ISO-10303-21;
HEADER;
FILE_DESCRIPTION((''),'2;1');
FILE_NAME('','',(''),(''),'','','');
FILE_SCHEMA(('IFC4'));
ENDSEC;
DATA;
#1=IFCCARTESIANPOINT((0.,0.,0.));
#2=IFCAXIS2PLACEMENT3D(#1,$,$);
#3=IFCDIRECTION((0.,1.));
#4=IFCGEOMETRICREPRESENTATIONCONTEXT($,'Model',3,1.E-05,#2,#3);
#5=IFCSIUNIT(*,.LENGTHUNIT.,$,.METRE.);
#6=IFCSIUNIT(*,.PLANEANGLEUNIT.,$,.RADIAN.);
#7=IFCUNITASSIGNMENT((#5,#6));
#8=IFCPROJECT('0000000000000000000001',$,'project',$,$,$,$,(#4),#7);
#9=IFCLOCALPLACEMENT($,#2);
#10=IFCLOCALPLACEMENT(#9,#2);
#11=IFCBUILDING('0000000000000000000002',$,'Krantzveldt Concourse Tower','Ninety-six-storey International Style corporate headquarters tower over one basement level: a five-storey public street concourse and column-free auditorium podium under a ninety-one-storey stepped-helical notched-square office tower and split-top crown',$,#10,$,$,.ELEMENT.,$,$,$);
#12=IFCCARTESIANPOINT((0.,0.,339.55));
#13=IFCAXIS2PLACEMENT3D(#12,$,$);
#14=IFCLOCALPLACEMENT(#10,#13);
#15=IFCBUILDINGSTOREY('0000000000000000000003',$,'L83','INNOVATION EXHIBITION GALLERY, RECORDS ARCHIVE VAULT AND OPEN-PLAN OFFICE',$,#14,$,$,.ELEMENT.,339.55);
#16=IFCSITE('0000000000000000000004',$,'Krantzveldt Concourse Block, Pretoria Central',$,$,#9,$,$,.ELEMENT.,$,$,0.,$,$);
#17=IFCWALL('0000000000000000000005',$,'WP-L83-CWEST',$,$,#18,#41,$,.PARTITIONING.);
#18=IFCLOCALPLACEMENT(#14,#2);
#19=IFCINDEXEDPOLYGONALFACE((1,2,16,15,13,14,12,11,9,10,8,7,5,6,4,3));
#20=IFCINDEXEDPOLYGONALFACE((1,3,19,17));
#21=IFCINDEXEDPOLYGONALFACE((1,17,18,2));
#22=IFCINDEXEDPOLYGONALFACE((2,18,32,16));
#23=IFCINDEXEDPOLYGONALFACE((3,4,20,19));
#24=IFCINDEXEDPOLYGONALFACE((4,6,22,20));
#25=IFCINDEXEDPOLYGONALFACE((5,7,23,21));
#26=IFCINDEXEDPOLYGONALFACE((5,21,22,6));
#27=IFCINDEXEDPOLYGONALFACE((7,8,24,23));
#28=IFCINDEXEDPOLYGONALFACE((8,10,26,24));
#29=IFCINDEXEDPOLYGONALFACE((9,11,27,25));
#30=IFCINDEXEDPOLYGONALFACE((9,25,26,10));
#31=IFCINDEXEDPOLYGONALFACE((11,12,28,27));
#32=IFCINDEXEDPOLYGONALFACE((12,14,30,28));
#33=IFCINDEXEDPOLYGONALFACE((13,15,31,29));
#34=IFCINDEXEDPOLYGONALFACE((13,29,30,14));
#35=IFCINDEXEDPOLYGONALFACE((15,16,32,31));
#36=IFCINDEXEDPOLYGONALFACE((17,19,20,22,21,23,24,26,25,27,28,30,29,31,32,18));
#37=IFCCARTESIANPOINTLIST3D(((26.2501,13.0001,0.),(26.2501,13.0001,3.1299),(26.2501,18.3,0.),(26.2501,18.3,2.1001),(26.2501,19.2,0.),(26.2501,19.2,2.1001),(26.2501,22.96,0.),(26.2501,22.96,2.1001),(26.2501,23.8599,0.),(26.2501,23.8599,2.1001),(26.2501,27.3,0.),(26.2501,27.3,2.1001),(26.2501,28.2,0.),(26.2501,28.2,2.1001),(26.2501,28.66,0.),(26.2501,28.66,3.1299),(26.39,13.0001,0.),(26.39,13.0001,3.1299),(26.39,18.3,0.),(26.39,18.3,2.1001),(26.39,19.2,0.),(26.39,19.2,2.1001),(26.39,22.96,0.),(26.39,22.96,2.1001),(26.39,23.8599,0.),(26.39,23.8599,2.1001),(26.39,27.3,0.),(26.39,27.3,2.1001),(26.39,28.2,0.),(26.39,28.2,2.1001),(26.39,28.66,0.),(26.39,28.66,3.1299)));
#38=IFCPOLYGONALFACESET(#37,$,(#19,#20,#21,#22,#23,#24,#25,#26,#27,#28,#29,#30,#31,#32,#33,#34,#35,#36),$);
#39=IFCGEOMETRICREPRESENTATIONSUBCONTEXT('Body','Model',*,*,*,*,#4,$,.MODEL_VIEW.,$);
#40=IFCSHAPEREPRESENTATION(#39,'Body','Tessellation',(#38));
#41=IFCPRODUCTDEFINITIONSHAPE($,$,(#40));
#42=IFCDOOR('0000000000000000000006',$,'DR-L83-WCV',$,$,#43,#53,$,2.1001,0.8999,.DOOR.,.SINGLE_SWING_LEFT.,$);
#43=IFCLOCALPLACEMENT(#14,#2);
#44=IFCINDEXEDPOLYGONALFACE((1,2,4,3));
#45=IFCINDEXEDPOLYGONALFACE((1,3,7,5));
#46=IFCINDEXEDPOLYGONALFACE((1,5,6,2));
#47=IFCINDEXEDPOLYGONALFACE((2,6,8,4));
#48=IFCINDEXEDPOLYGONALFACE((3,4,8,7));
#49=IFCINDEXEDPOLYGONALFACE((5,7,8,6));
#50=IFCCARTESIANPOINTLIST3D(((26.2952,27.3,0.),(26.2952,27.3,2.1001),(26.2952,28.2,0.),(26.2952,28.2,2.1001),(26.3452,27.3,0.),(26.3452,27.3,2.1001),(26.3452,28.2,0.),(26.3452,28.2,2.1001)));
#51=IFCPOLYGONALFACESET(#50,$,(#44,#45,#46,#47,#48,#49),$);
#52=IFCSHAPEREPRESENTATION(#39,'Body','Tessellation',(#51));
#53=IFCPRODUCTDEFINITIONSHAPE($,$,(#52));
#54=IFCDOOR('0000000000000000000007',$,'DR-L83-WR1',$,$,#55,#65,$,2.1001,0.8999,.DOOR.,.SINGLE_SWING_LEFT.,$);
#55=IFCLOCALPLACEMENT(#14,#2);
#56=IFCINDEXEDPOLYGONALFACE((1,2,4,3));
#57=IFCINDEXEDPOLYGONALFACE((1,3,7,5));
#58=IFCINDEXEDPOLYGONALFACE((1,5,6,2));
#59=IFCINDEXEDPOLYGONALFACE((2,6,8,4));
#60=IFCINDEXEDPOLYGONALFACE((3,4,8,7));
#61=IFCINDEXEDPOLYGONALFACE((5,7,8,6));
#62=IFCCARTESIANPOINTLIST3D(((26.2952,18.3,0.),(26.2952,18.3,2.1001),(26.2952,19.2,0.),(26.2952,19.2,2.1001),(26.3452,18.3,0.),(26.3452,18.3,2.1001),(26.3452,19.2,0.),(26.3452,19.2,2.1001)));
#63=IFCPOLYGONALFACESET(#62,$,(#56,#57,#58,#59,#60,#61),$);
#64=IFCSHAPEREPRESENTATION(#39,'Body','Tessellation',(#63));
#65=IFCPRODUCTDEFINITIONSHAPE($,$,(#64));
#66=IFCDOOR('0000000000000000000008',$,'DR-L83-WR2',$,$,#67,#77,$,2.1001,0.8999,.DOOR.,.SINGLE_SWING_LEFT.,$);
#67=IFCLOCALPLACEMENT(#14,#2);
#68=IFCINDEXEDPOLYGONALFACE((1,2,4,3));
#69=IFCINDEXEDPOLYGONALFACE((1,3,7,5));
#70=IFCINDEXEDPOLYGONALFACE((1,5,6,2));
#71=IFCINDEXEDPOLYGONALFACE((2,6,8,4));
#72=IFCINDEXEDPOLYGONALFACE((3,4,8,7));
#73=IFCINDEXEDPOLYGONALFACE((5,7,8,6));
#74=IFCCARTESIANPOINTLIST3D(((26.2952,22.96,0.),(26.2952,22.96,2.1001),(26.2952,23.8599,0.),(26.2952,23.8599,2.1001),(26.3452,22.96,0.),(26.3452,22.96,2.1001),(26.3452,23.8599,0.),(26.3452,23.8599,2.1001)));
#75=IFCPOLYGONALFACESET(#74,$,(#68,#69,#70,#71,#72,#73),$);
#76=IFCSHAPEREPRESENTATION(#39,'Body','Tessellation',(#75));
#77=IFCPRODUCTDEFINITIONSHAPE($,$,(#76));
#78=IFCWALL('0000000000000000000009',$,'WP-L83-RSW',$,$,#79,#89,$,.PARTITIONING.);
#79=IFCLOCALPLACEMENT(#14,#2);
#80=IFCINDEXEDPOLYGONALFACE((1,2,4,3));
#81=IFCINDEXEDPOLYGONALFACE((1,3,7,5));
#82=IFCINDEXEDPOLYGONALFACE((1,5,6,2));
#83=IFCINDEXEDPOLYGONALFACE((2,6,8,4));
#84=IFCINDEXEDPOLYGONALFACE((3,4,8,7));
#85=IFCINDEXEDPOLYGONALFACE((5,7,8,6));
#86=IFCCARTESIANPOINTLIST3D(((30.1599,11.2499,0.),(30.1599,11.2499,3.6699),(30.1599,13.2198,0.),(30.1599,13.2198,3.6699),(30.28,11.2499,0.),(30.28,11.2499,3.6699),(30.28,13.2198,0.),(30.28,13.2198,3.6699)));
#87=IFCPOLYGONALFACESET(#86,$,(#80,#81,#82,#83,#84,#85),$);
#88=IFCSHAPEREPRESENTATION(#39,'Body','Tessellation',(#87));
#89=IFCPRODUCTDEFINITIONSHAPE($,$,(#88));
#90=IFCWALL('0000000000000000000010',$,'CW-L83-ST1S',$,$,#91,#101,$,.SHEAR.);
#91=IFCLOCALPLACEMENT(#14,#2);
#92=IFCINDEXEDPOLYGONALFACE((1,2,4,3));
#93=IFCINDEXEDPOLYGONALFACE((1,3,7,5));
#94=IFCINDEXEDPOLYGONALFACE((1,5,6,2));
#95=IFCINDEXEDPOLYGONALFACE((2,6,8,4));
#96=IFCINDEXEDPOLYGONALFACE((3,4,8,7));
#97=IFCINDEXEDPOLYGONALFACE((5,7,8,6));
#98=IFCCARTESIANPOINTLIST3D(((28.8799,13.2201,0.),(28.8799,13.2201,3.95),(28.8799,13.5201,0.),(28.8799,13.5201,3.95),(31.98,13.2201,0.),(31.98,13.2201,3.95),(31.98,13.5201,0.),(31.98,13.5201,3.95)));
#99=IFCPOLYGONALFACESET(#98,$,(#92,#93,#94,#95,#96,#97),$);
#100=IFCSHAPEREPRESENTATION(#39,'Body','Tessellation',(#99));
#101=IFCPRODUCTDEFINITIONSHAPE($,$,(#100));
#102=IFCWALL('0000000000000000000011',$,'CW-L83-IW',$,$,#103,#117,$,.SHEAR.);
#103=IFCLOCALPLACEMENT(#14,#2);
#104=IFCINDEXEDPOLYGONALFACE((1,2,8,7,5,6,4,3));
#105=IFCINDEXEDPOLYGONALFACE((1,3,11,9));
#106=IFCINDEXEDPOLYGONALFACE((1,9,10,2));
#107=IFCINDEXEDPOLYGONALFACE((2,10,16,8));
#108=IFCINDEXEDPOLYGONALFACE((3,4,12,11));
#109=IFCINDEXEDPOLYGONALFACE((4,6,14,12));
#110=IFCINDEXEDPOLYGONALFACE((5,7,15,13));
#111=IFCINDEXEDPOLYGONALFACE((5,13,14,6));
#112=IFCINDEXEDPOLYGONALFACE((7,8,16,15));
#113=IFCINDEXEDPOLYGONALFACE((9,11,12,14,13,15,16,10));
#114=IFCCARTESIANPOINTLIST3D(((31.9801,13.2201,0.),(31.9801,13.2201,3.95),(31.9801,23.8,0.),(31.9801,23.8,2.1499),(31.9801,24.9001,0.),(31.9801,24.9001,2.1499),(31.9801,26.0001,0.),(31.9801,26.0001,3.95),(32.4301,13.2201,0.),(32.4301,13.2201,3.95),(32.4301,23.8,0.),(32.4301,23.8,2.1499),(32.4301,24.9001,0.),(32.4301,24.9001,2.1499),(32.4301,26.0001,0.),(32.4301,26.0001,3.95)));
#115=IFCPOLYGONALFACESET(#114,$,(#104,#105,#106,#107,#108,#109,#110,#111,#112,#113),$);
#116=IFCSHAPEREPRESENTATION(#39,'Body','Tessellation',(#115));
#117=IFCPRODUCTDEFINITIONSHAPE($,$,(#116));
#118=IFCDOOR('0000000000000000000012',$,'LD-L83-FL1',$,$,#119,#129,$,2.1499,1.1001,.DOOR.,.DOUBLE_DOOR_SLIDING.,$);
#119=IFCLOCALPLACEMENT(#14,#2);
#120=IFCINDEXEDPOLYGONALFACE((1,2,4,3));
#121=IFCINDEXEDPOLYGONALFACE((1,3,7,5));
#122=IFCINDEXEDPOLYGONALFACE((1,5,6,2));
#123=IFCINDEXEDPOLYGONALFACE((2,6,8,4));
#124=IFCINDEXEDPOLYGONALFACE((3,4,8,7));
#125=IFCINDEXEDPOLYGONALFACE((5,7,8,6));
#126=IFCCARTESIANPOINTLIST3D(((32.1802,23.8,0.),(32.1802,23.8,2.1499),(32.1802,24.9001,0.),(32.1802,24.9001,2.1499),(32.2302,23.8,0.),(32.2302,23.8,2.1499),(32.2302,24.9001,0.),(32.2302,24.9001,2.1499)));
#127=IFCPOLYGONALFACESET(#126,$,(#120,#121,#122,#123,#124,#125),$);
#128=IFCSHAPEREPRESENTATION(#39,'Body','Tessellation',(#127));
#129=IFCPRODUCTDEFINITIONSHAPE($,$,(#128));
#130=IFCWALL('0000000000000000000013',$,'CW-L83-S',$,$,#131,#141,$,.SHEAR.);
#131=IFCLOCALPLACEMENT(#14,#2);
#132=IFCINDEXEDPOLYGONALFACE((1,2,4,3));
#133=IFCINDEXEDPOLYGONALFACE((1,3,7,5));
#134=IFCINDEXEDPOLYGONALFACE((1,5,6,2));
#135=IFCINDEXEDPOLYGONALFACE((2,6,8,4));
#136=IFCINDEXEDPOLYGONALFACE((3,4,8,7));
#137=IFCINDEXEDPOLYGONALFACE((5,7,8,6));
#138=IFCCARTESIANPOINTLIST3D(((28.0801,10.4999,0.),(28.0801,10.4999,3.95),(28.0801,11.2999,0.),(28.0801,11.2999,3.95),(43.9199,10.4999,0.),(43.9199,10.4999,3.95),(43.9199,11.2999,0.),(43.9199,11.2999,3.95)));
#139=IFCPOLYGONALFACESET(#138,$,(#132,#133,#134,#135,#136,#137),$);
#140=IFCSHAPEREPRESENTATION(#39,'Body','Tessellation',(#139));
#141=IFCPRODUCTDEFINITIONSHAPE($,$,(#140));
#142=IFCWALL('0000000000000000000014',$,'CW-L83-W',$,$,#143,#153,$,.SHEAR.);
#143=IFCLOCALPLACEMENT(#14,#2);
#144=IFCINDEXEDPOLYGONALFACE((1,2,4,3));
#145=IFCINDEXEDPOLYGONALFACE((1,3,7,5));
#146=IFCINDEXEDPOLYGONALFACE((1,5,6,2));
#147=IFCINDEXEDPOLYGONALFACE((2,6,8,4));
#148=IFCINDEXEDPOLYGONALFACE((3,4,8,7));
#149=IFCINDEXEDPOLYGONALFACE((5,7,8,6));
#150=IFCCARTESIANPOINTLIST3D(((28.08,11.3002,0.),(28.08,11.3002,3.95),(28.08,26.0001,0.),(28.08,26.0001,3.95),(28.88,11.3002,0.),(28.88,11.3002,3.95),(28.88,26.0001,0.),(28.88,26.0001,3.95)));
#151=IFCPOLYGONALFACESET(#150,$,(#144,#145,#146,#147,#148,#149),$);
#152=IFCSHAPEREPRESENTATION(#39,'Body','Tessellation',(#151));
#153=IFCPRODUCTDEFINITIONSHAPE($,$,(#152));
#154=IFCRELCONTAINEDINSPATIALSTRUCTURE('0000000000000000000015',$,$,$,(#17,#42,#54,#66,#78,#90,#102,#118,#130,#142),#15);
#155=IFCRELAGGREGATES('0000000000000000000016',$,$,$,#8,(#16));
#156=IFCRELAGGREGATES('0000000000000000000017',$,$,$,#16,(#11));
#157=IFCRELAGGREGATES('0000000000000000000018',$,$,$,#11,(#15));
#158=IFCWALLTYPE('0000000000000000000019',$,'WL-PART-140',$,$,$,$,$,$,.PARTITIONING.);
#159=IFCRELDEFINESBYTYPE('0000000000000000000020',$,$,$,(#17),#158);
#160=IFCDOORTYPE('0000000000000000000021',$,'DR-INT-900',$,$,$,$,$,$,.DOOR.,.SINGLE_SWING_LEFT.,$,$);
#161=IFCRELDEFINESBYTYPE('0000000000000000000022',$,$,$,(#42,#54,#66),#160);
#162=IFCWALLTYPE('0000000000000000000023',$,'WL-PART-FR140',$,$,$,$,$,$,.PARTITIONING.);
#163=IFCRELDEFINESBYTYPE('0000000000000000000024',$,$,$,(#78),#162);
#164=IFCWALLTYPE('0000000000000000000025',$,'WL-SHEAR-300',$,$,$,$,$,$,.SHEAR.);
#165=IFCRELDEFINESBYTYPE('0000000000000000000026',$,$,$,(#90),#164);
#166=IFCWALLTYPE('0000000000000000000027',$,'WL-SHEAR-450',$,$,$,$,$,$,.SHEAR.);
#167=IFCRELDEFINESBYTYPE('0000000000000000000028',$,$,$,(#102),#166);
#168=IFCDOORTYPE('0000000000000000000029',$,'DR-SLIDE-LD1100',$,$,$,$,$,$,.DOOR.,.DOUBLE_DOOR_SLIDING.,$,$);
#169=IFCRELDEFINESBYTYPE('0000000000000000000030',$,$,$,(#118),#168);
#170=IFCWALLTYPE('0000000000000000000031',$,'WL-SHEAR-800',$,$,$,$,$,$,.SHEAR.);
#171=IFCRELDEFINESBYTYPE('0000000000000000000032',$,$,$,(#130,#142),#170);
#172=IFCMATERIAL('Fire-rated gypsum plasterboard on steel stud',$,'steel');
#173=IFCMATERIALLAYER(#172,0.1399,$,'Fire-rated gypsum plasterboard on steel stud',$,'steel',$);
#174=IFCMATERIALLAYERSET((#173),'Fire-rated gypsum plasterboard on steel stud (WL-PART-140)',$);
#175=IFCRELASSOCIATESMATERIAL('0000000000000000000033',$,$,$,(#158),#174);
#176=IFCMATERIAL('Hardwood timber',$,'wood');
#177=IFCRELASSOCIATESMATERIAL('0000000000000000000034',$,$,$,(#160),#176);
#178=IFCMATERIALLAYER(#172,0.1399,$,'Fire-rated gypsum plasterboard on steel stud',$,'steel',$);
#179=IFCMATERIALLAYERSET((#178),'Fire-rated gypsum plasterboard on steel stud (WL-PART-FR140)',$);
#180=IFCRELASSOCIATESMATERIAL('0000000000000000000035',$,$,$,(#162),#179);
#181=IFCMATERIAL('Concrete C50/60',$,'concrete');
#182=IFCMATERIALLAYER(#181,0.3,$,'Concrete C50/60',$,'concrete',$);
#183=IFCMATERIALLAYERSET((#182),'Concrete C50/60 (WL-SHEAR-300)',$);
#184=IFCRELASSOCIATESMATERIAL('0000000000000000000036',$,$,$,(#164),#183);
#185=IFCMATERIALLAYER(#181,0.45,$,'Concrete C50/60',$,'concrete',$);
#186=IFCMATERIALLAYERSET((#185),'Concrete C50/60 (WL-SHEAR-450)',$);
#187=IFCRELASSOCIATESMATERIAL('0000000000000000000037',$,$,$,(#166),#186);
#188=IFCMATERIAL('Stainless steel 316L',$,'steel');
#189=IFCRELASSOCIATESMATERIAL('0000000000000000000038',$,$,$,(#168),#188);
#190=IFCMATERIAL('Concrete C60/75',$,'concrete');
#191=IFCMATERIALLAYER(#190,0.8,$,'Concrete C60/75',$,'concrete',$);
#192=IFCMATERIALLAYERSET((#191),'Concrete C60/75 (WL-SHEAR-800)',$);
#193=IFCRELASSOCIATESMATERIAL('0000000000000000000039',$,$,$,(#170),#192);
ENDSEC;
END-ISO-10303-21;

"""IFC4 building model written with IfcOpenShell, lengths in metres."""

from ifc_helpers import new_model, si_unit, direction, frame, frame_2d, origin, place, context, subcontext, project, spatial, rectangle, extrude, material, layer, layer_set, type_object, element, fill, save


model = new_model("IFC4")

# Units and contexts
model_context = context("Model", 3, precision=1e-05, world=origin(), true_north=direction((0.0, 1.0)))
body_context = subcontext(model_context, "Body", "Model", "MODEL_VIEW")
ifc_project = project(units=[si_unit("LENGTHUNIT", "METRE"), si_unit("PLANEANGLEUNIT", "RADIAN")], contexts=[model_context])

# Site, building, storey
site_placement = place(None, origin())
site = spatial("IfcSite", under=ifc_project, at=site_placement, Name="Krantzveldt Concourse Block, Pretoria Central", CompositionType="ELEMENT", RefElevation=0.0)
building_placement = place(site_placement, origin())
building = spatial("IfcBuilding", under=site, at=building_placement, Name="Krantzveldt Concourse Tower", Description="Ninety-six-storey International Style corporate headquarters tower over one basement level: a five-storey public street concourse and column-free auditorium podium under a ninety-one-storey stepped-helical notched-square office tower and split-top crown", CompositionType="ELEMENT")
storey_placement = place(building_placement, frame((0.0, 0.0, 339.55)))
storey = spatial("IfcBuildingStorey", under=building, at=storey_placement, Name="L83", Description="INNOVATION EXHIBITION GALLERY, RECORDS ARCHIVE VAULT AND OPEN-PLAN OFFICE", CompositionType="ELEMENT", Elevation=339.55)

# Shared definitions
ifc_material_1 = material(Name="Fire-rated gypsum plasterboard on steel stud", Category="steel")
ifc_material_2 = material(Name="Hardwood timber", Category="wood")

# Wall, openings, doors
ifc_layer_1 = layer(ifc_material_1, 0.1399, Name="Fire-rated gypsum plasterboard on steel stud", Category="steel")
ifc_layer_set_1 = layer_set([ifc_layer_1], Name="Fire-rated gypsum plasterboard on steel stud (WL-PART-140)")
wall_type_1 = type_object("IfcWallType", Name="WL-PART-140", PredefinedType="PARTITIONING", material=ifc_layer_set_1)
wall_1_placement = place(storey_placement, frame((26.3201, 13.0, 0.0), z_axis=(0.0, 0.0, 1.0), x_axis=(0.0, 1.0, 0.0)))
wall_1 = element("IfcWall", 1, at=wall_1_placement, inside=storey, type_object=wall_type_1, Name="WP-L83-CWEST", PredefinedType="PARTITIONING", context=body_context, shape_type="SweptSolid", body=[
    extrude(rectangle(XDim=15.6599, YDim=0.1399, at=frame_2d((7.8301, 0.0))), origin(), (0.0, 0.0, 1.0), 3.1299),
])
opening_1_placement = place(wall_1_placement, frame((14.3, 0.0, 0.0)))
opening_1 = element("IfcOpeningElement", 2, at=opening_1_placement, cuts=wall_1, PredefinedType="OPENING", context=body_context, shape_type="SweptSolid", body=[
    extrude(rectangle(XDim=0.8999, YDim=2.1001, at=frame_2d((0.45, 1.05))), frame((0.0, 0.0801, 0.0), z_axis=(0.0, -1.0, 0.0), x_axis=(1.0, 0.0, 0.0)), (0.0, 0.0, 1.0), 0.1599),
])
opening_2_placement = place(wall_1_placement, frame((5.3, 0.0, 0.0)))
opening_2 = element("IfcOpeningElement", 3, at=opening_2_placement, cuts=wall_1, PredefinedType="OPENING", context=body_context, shape_type="SweptSolid", body=[
    extrude(rectangle(XDim=0.8999, YDim=2.1001, at=frame_2d((0.45, 1.05))), frame((0.0, 0.0801, 0.0), z_axis=(0.0, -1.0, 0.0), x_axis=(1.0, 0.0, 0.0)), (0.0, 0.0, 1.0), 0.1599),
])
opening_3_placement = place(wall_1_placement, frame((9.96, 0.0, 0.0)))
opening_3 = element("IfcOpeningElement", 4, at=opening_3_placement, cuts=wall_1, PredefinedType="OPENING", context=body_context, shape_type="SweptSolid", body=[
    extrude(rectangle(XDim=0.8999, YDim=2.1001, at=frame_2d((0.45, 1.05))), frame((0.0, 0.0801, 0.0), z_axis=(0.0, -1.0, 0.0), x_axis=(1.0, 0.0, 0.0)), (0.0, 0.0, 1.0), 0.1599),
])
door_type_1 = type_object("IfcDoorType", Name="DR-INT-900", OperationType="SINGLE_SWING_LEFT", PredefinedType="DOOR", material=ifc_material_2)
door_1_placement = place(opening_1_placement, origin())
door_1 = element("IfcDoor", 5, at=door_1_placement, inside=storey, type_object=door_type_1, Name="DR-L83-WCV", OperationType="SINGLE_SWING_LEFT", OverallHeight=2.1001, OverallWidth=0.8999, PredefinedType="DOOR", context=body_context, shape_type="SweptSolid", body=[
    extrude(rectangle(XDim=0.8999, YDim=2.1001, at=frame_2d((0.45, 1.05))), frame((0.0, 0.0249, 0.0), z_axis=(0.0, -1.0, 0.0), x_axis=(1.0, 0.0, 0.0)), (0.0, 0.0, 1.0), 0.05),
])
fill(opening_1, door_1)
door_2_placement = place(opening_2_placement, origin())
door_2 = element("IfcDoor", 6, at=door_2_placement, inside=storey, type_object=door_type_1, Name="DR-L83-WR1", OperationType="SINGLE_SWING_LEFT", OverallHeight=2.1001, OverallWidth=0.8999, PredefinedType="DOOR", context=body_context, shape_type="SweptSolid", body=[
    extrude(rectangle(XDim=0.8999, YDim=2.1001, at=frame_2d((0.45, 1.05))), frame((0.0, 0.0249, 0.0), z_axis=(0.0, -1.0, 0.0), x_axis=(1.0, 0.0, 0.0)), (0.0, 0.0, 1.0), 0.05),
])
fill(opening_2, door_2)
door_3_placement = place(opening_3_placement, origin())
door_3 = element("IfcDoor", 7, at=door_3_placement, inside=storey, type_object=door_type_1, Name="DR-L83-WR2", OperationType="SINGLE_SWING_LEFT", OverallHeight=2.1001, OverallWidth=0.8999, PredefinedType="DOOR", context=body_context, shape_type="SweptSolid", body=[
    extrude(rectangle(XDim=0.8999, YDim=2.1001, at=frame_2d((0.45, 1.05))), frame((0.0, 0.0249, 0.0), z_axis=(0.0, -1.0, 0.0), x_axis=(1.0, 0.0, 0.0)), (0.0, 0.0, 1.0), 0.05),
])
fill(opening_3, door_3)

# Walls
ifc_layer_2 = layer(ifc_material_1, 0.1399, Name="Fire-rated gypsum plasterboard on steel stud", Category="steel")
ifc_layer_set_2 = layer_set([ifc_layer_2], Name="Fire-rated gypsum plasterboard on steel stud (WL-PART-FR140)")
wall_type_2 = type_object("IfcWallType", Name="WL-PART-FR140", PredefinedType="PARTITIONING", material=ifc_layer_set_2)
wall_2_placement = place(storey_placement, frame((30.22, 11.25, 0.0), z_axis=(0.0, 0.0, 1.0), x_axis=(0.0, 1.0, 0.0)))
element("IfcWall", 8, at=wall_2_placement, inside=storey, type_object=wall_type_2, Name="WP-L83-RSW", PredefinedType="PARTITIONING", context=body_context, shape_type="SweptSolid", body=[
    extrude(rectangle(XDim=1.97, YDim=0.1201, at=frame_2d((0.9849, 0.0))), origin(), (0.0, 0.0, 1.0), 3.6699),
])
ifc_material_3 = material(Name="Concrete C50/60", Category="concrete")
ifc_layer_3 = layer(ifc_material_3, 0.3, Name="Concrete C50/60", Category="concrete")
ifc_layer_set_3 = layer_set([ifc_layer_3], Name="Concrete C50/60 (WL-SHEAR-300)")
wall_type_3 = type_object("IfcWallType", Name="WL-SHEAR-300", PredefinedType="SHEAR", material=ifc_layer_set_3)
wall_3_placement = place(storey_placement, frame((28.8799, 13.3701, 0.0), z_axis=(0.0, 0.0, 1.0), x_axis=(1.0, 0.0, 0.0)))
element("IfcWall", 9, at=wall_3_placement, inside=storey, type_object=wall_type_3, Name="CW-L83-ST1S", PredefinedType="SHEAR", context=body_context, shape_type="SweptSolid", body=[
    extrude(rectangle(XDim=3.1001, YDim=0.3, at=frame_2d((1.55, 0.0))), origin(), (0.0, 0.0, 1.0), 3.95),
])

# Wall, opening, door
ifc_layer_4 = layer(ifc_material_3, 0.45, Name="Concrete C50/60", Category="concrete")
ifc_layer_set_4 = layer_set([ifc_layer_4], Name="Concrete C50/60 (WL-SHEAR-450)")
wall_type_4 = type_object("IfcWallType", Name="WL-SHEAR-450", PredefinedType="SHEAR", material=ifc_layer_set_4)
wall_4_placement = place(storey_placement, frame((32.2051, 13.22, 0.0), z_axis=(0.0, 0.0, 1.0), x_axis=(0.0, 1.0, 0.0)))
wall_4 = element("IfcWall", 10, at=wall_4_placement, inside=storey, type_object=wall_type_4, Name="CW-L83-IW", PredefinedType="SHEAR", context=body_context, shape_type="SweptSolid", body=[
    extrude(rectangle(XDim=12.78, YDim=0.45, at=frame_2d((6.3901, 0.0))), origin(), (0.0, 0.0, 1.0), 3.95),
])
opening_4_placement = place(wall_4_placement, frame((10.5801, 0.0, 0.0)))
opening_4 = element("IfcOpeningElement", 11, at=opening_4_placement, cuts=wall_4, PredefinedType="OPENING", context=body_context, shape_type="SweptSolid", body=[
    extrude(rectangle(XDim=1.1001, YDim=2.1499, at=frame_2d((0.55, 1.075))), frame((0.0, 0.2349, 0.0), z_axis=(0.0, -1.0, 0.0), x_axis=(1.0, 0.0, 0.0)), (0.0, 0.0, 1.0), 0.47),
])
ifc_material_4 = material(Name="Stainless steel 316L", Category="steel")
door_type_2 = type_object("IfcDoorType", Name="DR-SLIDE-LD1100", OperationType="DOUBLE_DOOR_SLIDING", PredefinedType="DOOR", material=ifc_material_4)
door_4_placement = place(opening_4_placement, origin())
door_4 = element("IfcDoor", 12, at=door_4_placement, inside=storey, type_object=door_type_2, Name="LD-L83-FL1", OperationType="DOUBLE_DOOR_SLIDING", OverallHeight=2.1499, OverallWidth=1.1001, PredefinedType="DOOR", context=body_context, shape_type="SweptSolid", body=[
    extrude(rectangle(XDim=1.1001, YDim=2.1499, at=frame_2d((0.55, 1.075))), frame((0.0, 0.0249, 0.0), z_axis=(0.0, -1.0, 0.0), x_axis=(1.0, 0.0, 0.0)), (0.0, 0.0, 1.0), 0.05),
])
fill(opening_4, door_4)

# Walls
ifc_material_5 = material(Name="Concrete C60/75", Category="concrete")
ifc_layer_5 = layer(ifc_material_5, 0.8, Name="Concrete C60/75", Category="concrete")
ifc_layer_set_5 = layer_set([ifc_layer_5], Name="Concrete C60/75 (WL-SHEAR-800)")
wall_type_5 = type_object("IfcWallType", Name="WL-SHEAR-800", PredefinedType="SHEAR", material=ifc_layer_set_5)
wall_5_placement = place(storey_placement, frame((28.0801, 10.8999, 0.0), z_axis=(0.0, 0.0, 1.0), x_axis=(1.0, 0.0, 0.0)))
element("IfcWall", 13, at=wall_5_placement, inside=storey, type_object=wall_type_5, Name="CW-L83-S", PredefinedType="SHEAR", context=body_context, shape_type="SweptSolid", body=[
    extrude(rectangle(XDim=15.8398, YDim=0.8, at=frame_2d((7.9199, 0.0))), origin(), (0.0, 0.0, 1.0), 3.95),
])
wall_6_placement = place(storey_placement, frame((28.48, 11.3, 0.0), z_axis=(0.0, 0.0, 1.0), x_axis=(0.0, 1.0, 0.0)))
element("IfcWall", 14, at=wall_6_placement, inside=storey, type_object=wall_type_5, Name="CW-L83-W", PredefinedType="SHEAR", context=body_context, shape_type="SweptSolid", body=[
    extrude(rectangle(XDim=14.7, YDim=0.8, at=frame_2d((7.3501, 0.0))), origin(), (0.0, 0.0, 1.0), 3.95),
])

save(model, "model.ifc")
